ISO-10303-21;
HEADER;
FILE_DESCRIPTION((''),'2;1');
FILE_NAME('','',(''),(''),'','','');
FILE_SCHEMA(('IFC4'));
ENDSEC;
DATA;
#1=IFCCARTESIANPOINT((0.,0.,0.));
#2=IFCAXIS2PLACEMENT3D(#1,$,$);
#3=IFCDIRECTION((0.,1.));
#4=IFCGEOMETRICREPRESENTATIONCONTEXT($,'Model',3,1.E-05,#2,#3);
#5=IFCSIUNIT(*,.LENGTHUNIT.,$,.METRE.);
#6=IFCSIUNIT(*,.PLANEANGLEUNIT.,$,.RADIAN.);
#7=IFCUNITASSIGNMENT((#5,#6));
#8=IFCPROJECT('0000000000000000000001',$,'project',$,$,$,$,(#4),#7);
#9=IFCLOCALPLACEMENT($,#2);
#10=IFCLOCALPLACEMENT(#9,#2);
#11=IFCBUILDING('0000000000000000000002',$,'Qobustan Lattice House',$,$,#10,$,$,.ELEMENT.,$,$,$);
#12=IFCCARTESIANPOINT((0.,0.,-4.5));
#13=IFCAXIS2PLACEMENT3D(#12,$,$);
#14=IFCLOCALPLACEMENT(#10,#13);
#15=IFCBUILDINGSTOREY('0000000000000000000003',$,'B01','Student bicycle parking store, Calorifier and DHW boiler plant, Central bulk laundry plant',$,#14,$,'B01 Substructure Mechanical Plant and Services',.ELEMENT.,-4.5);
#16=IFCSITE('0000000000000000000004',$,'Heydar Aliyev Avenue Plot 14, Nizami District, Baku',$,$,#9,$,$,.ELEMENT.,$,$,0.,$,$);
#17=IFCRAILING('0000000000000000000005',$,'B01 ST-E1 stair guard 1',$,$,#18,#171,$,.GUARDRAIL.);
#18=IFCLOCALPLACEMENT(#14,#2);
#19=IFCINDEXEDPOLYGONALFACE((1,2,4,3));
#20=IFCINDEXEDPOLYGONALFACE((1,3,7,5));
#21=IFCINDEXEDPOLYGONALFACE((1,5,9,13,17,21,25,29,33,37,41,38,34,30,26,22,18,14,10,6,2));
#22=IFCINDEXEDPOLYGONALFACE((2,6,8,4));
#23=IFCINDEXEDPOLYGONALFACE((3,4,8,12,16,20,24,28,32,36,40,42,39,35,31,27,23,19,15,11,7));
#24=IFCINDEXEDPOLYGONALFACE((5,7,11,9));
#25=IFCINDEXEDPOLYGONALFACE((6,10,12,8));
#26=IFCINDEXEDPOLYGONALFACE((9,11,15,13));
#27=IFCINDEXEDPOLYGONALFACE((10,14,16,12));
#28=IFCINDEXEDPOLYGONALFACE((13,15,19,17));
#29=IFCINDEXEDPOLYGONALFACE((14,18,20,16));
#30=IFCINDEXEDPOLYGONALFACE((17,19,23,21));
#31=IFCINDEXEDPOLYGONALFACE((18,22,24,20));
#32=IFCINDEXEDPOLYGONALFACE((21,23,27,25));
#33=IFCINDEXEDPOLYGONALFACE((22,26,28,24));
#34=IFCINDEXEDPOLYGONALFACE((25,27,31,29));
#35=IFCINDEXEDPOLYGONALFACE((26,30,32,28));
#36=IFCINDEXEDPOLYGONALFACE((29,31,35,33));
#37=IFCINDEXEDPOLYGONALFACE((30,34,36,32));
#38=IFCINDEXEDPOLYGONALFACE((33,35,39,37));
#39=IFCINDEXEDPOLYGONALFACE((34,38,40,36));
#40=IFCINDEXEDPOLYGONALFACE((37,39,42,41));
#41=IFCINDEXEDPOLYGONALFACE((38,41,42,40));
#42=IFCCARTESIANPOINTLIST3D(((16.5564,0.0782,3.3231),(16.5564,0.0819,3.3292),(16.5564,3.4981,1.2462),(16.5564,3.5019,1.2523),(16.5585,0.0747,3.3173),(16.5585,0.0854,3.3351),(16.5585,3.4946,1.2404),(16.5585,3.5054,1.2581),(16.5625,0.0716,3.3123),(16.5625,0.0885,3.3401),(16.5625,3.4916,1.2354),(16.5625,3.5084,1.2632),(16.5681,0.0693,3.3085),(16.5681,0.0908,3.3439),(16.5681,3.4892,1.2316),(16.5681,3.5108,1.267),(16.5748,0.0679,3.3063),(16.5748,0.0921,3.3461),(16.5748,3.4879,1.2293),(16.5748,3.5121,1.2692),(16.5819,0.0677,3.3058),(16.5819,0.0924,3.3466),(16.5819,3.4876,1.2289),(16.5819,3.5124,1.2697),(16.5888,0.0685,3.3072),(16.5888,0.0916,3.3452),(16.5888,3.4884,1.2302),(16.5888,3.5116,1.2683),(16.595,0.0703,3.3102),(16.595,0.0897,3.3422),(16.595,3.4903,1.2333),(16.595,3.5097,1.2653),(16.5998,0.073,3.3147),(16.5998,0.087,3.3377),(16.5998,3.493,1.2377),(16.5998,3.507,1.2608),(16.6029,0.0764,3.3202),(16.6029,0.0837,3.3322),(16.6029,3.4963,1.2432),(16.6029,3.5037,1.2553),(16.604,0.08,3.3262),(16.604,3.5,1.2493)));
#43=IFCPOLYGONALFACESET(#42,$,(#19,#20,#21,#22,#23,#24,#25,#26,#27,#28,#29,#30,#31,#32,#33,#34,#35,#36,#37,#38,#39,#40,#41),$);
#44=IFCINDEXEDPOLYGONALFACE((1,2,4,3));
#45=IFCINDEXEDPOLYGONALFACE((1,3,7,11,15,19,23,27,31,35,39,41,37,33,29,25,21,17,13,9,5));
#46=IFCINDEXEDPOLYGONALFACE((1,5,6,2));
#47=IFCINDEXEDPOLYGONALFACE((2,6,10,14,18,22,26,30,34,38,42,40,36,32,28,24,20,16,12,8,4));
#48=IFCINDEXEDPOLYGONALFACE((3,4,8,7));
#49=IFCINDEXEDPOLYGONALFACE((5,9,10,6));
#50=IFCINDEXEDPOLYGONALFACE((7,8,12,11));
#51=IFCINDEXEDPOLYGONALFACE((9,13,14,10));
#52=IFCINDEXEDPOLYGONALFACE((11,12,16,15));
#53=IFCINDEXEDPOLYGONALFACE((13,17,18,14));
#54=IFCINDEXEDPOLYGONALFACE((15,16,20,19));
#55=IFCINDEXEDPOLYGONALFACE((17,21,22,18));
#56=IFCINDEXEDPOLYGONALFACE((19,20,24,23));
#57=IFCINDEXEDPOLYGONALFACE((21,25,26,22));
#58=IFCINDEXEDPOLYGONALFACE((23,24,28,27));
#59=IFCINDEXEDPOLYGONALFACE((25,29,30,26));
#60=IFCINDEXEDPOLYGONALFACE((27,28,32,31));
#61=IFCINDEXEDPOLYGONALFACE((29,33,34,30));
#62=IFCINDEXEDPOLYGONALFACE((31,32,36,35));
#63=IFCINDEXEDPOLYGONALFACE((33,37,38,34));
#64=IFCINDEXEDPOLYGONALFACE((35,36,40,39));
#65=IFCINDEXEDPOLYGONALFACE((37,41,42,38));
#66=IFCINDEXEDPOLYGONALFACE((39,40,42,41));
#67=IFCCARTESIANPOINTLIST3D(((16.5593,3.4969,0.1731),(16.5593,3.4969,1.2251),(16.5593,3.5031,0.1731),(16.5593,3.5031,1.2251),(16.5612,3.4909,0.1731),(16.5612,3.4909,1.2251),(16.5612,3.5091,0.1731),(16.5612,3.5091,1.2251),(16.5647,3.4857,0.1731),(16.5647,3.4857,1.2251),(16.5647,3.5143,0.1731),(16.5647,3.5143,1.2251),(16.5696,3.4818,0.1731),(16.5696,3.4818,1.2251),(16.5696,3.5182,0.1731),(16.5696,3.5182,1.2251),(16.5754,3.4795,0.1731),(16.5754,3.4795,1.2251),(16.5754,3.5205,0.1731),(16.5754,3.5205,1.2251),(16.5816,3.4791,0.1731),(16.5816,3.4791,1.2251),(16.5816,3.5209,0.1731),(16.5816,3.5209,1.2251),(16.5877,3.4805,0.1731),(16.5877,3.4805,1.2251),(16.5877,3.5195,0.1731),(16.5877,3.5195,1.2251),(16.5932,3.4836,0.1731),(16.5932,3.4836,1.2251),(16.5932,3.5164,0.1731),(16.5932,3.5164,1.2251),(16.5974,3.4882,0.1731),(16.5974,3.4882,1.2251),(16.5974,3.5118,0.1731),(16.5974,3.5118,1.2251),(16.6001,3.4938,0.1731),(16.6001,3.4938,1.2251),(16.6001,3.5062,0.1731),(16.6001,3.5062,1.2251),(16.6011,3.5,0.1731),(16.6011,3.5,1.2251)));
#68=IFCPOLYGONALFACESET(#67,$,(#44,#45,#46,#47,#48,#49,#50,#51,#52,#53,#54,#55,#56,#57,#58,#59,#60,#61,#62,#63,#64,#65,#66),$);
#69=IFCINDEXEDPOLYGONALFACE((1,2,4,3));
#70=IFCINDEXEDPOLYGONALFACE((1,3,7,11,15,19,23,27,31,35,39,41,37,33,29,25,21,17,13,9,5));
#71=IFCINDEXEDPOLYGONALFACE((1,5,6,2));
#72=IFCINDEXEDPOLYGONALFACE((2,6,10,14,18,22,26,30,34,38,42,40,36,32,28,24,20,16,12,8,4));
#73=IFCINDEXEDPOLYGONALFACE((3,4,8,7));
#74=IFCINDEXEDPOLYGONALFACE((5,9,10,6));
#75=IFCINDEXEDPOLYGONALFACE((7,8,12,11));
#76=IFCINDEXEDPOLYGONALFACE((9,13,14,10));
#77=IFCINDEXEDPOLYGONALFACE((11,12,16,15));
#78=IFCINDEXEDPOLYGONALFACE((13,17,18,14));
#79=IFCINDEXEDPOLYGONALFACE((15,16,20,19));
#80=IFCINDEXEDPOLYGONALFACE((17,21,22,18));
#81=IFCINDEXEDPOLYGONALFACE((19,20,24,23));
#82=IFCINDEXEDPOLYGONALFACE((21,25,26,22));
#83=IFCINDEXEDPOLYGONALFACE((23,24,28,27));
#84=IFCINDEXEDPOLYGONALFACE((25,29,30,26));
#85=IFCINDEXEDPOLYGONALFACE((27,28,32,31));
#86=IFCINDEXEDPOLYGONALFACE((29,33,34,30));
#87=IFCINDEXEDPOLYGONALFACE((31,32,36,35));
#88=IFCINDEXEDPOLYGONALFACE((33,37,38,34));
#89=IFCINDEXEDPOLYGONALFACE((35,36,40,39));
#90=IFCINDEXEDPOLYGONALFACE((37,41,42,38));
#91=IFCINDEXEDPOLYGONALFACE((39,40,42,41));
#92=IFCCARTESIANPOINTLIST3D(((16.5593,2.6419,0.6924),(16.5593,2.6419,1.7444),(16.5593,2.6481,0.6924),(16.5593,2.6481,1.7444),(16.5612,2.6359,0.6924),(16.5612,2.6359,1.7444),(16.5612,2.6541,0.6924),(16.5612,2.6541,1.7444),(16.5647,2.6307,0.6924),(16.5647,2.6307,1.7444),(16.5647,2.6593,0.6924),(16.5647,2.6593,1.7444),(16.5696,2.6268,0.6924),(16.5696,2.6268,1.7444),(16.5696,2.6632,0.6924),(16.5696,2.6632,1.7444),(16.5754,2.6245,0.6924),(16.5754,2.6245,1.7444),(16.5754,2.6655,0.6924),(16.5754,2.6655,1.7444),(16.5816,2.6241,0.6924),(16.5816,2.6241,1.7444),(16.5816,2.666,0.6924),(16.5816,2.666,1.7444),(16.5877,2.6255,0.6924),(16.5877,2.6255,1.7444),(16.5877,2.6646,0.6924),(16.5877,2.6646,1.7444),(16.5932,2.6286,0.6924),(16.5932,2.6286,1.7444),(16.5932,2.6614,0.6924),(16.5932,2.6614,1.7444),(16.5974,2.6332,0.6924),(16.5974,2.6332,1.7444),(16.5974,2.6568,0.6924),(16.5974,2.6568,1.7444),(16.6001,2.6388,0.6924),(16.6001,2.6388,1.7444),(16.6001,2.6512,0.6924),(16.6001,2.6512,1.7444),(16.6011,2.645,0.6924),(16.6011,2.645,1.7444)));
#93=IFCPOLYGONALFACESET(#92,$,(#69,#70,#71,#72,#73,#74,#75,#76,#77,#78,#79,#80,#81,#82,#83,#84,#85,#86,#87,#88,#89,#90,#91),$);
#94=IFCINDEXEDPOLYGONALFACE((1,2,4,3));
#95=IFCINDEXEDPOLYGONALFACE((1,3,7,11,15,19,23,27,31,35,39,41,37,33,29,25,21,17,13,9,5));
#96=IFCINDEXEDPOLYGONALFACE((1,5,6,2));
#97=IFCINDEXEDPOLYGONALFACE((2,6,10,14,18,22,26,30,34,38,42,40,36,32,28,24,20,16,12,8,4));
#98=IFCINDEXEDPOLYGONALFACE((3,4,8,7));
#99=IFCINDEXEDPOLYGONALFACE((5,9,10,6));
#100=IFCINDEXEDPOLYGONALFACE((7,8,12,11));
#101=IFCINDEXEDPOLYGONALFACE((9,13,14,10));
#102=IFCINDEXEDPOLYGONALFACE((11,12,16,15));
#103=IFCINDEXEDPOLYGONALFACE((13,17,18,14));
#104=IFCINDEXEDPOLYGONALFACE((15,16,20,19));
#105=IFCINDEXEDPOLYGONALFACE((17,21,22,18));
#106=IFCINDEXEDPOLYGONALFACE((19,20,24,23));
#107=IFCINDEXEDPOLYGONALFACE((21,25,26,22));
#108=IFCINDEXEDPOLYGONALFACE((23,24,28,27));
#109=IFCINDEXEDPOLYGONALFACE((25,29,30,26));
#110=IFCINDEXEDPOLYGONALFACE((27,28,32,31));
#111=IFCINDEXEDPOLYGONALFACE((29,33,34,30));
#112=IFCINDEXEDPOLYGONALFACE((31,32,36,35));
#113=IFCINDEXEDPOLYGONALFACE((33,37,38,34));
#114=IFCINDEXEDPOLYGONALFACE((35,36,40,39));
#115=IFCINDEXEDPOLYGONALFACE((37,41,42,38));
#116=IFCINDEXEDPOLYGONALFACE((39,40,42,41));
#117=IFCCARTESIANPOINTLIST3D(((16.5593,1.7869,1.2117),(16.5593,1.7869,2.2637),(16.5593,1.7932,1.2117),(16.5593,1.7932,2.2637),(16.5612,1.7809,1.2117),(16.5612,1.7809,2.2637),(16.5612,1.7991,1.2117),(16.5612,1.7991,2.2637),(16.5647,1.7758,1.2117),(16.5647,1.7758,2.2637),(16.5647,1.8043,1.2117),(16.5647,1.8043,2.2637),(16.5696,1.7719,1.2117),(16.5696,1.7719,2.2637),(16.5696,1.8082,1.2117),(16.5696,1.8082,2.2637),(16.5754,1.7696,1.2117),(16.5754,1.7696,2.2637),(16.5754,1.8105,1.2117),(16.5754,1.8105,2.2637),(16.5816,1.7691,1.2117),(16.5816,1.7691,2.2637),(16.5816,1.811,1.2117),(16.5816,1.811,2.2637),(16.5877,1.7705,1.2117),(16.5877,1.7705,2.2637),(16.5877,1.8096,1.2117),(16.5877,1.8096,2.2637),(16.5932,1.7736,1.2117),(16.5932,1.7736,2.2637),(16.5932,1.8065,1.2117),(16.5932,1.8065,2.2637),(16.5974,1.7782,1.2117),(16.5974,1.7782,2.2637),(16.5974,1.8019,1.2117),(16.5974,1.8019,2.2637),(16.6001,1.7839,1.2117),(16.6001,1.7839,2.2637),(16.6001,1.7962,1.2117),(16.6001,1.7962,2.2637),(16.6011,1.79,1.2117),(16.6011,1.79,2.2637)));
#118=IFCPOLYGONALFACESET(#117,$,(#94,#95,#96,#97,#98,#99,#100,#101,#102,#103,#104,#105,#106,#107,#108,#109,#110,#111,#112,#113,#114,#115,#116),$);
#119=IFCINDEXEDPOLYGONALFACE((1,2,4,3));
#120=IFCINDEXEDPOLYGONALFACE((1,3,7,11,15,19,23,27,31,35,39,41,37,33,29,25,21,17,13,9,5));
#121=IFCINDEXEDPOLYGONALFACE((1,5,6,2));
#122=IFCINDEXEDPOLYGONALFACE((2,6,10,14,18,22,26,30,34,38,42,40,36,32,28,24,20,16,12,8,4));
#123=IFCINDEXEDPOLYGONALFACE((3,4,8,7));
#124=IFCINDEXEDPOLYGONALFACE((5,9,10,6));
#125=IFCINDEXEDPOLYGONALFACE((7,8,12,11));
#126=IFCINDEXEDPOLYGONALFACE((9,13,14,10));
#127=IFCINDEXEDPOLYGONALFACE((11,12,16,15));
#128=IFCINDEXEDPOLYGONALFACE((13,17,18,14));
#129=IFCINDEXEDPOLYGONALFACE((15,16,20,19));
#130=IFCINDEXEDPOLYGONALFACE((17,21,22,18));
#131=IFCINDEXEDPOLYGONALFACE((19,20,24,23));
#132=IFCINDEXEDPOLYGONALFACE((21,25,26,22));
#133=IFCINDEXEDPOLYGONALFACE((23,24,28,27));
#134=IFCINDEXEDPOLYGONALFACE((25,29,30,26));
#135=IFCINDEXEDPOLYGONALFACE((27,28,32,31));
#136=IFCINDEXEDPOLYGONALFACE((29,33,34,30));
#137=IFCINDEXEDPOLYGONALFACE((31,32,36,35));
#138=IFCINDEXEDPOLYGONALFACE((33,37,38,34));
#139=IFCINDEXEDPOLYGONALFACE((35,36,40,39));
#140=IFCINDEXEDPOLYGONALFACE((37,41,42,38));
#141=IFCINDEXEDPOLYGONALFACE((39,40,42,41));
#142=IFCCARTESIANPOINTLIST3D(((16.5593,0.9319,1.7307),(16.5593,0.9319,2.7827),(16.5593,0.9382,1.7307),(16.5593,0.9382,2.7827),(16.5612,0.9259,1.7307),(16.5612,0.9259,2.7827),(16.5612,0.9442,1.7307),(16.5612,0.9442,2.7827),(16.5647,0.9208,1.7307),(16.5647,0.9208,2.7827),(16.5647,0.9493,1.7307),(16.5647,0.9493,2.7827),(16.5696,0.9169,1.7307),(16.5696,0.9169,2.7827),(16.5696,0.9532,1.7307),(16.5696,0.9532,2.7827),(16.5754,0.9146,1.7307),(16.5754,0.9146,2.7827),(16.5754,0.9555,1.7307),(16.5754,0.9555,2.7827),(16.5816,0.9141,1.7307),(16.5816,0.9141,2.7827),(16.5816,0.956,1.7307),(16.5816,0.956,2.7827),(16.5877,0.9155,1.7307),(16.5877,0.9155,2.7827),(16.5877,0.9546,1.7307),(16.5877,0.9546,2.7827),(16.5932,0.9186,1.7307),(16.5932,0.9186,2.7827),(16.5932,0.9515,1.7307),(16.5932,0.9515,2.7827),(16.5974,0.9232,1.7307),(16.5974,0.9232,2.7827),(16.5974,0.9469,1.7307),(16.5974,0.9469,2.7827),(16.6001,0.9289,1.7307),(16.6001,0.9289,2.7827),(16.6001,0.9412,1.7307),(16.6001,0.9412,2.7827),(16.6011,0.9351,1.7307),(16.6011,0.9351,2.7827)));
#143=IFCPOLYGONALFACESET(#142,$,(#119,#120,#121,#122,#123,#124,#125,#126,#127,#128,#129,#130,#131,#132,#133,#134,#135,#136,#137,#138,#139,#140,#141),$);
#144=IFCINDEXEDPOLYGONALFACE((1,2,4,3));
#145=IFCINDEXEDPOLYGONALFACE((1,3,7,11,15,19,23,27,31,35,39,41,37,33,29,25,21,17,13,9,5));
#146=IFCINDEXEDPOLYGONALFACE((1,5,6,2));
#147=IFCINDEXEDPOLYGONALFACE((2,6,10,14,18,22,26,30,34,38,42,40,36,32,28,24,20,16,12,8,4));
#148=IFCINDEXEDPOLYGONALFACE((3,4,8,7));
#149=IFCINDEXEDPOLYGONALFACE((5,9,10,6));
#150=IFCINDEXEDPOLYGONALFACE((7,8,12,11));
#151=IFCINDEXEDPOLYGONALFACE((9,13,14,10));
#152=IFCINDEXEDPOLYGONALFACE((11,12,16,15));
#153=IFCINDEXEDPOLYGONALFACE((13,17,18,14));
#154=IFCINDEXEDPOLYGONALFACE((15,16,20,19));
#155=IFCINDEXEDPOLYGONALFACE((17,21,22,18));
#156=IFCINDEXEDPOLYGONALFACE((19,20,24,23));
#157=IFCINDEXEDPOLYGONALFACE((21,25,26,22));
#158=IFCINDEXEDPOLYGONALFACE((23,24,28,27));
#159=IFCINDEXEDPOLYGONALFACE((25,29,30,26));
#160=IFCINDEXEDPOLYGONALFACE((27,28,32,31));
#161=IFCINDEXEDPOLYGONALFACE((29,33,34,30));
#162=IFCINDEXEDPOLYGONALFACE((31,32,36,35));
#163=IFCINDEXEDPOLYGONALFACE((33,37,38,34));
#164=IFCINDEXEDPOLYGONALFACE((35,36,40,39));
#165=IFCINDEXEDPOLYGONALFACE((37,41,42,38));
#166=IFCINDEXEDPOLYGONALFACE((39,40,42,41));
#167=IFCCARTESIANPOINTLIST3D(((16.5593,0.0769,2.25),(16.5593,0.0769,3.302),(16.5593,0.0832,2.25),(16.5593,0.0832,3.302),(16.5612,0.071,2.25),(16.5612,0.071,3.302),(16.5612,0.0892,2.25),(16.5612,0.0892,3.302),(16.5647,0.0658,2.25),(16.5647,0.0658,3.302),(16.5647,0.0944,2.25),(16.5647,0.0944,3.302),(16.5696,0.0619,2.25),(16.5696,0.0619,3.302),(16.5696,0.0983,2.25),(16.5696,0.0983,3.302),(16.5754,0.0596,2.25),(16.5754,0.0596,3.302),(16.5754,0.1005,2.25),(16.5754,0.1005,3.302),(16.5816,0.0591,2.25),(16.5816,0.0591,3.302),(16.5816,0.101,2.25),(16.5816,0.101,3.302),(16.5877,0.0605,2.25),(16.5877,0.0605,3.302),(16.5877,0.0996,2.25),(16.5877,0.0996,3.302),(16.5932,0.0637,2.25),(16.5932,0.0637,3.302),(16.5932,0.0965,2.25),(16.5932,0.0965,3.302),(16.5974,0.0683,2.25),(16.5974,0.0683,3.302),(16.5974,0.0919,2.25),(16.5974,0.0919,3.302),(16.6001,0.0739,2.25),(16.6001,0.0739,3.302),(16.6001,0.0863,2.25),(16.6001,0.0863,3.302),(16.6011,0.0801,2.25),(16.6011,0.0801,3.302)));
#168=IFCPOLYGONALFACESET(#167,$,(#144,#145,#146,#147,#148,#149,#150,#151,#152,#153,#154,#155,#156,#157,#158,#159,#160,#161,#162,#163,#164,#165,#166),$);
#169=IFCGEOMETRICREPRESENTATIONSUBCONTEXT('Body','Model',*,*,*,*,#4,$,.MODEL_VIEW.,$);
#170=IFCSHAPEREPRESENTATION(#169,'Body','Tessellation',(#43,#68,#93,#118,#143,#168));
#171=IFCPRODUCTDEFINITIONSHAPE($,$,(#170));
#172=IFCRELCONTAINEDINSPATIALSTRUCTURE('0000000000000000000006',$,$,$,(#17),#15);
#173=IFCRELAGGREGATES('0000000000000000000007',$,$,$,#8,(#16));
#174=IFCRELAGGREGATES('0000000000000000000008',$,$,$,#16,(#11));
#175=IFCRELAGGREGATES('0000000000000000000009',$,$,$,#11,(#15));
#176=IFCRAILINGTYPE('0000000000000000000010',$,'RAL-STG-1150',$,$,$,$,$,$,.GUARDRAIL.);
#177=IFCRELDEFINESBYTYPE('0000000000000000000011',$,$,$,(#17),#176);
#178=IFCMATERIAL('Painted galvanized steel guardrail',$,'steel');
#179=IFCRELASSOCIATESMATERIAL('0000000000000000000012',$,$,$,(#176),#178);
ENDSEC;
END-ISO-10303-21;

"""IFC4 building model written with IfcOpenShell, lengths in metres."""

from ifc_helpers import new_model, si_unit, direction, frame, origin, origin_2d, place, context, subcontext, project, spatial, circle, extrude, material, type_object, element, save


model = new_model("IFC4")

# Units and contexts
model_context = context("Model", 3, precision=1e-05, world=origin(), true_north=direction((0.0, 1.0)))
body_context = subcontext(model_context, "Body", "Model", "MODEL_VIEW")
ifc_project = project(units=[si_unit("LENGTHUNIT", "METRE"), si_unit("PLANEANGLEUNIT", "RADIAN")], contexts=[model_context])

# Site, building, storey
site_placement = place(None, origin())
site = spatial("IfcSite", under=ifc_project, at=site_placement, Name="Heydar Aliyev Avenue Plot 14, Nizami District, Baku", CompositionType="ELEMENT", RefElevation=0.0)
building_placement = place(site_placement, origin())
building = spatial("IfcBuilding", under=site, at=building_placement, Name="Qobustan Lattice House", CompositionType="ELEMENT")
storey_placement = place(building_placement, frame((0.0, 0.0, -4.5)))
storey = spatial("IfcBuildingStorey", under=building, at=storey_placement, Name="B01", Description="Student bicycle parking store, Calorifier and DHW boiler plant, Central bulk laundry plant", LongName="B01 Substructure Mechanical Plant and Services", CompositionType="ELEMENT", Elevation=-4.5)

# Railing
ifc_material_1 = material(Name="Painted galvanized steel guardrail", Category="steel")
railing_type_1 = type_object("IfcRailingType", Name="RAL-STG-1150", PredefinedType="GUARDRAIL", material=ifc_material_1)
railing_1_placement = place(storey_placement, frame((16.5801, 3.5, 0.1731)))
element("IfcRailing", 1, at=railing_1_placement, inside=storey, type_object=railing_type_1, Name="B01 ST-E1 stair guard 1", PredefinedType="GUARDRAIL", context=body_context, shape_type="SweptSolid", body=[
    extrude(circle(Radius=0.0239, at=origin_2d()), frame((0.0, 0.0, 1.0762), z_axis=(0.0, -0.85473, 0.519074), x_axis=(1.0, 0.0, 0.0)), (0.0, 0.0, 1.0), 4.0012),
    extrude(circle(Radius=0.021, at=origin_2d()), origin(), (0.0, 0.0, 1.0), 1.052),
    extrude(circle(Radius=0.021, at=origin_2d()), frame((0.0, -0.855, 0.5193)), (0.0, 0.0, 1.0), 1.052),
    extrude(circle(Radius=0.021, at=origin_2d()), frame((0.0, -1.71, 1.0386)), (0.0, 0.0, 1.0), 1.052),
    extrude(circle(Radius=0.021, at=origin_2d()), frame((0.0, -2.5649, 1.5576)), (0.0, 0.0, 1.0), 1.052),
    extrude(circle(Radius=0.021, at=origin_2d()), frame((0.0, -3.4199, 2.0769)), (0.0, 0.0, 1.0), 1.052),
])

save(model, "model.ifc")
